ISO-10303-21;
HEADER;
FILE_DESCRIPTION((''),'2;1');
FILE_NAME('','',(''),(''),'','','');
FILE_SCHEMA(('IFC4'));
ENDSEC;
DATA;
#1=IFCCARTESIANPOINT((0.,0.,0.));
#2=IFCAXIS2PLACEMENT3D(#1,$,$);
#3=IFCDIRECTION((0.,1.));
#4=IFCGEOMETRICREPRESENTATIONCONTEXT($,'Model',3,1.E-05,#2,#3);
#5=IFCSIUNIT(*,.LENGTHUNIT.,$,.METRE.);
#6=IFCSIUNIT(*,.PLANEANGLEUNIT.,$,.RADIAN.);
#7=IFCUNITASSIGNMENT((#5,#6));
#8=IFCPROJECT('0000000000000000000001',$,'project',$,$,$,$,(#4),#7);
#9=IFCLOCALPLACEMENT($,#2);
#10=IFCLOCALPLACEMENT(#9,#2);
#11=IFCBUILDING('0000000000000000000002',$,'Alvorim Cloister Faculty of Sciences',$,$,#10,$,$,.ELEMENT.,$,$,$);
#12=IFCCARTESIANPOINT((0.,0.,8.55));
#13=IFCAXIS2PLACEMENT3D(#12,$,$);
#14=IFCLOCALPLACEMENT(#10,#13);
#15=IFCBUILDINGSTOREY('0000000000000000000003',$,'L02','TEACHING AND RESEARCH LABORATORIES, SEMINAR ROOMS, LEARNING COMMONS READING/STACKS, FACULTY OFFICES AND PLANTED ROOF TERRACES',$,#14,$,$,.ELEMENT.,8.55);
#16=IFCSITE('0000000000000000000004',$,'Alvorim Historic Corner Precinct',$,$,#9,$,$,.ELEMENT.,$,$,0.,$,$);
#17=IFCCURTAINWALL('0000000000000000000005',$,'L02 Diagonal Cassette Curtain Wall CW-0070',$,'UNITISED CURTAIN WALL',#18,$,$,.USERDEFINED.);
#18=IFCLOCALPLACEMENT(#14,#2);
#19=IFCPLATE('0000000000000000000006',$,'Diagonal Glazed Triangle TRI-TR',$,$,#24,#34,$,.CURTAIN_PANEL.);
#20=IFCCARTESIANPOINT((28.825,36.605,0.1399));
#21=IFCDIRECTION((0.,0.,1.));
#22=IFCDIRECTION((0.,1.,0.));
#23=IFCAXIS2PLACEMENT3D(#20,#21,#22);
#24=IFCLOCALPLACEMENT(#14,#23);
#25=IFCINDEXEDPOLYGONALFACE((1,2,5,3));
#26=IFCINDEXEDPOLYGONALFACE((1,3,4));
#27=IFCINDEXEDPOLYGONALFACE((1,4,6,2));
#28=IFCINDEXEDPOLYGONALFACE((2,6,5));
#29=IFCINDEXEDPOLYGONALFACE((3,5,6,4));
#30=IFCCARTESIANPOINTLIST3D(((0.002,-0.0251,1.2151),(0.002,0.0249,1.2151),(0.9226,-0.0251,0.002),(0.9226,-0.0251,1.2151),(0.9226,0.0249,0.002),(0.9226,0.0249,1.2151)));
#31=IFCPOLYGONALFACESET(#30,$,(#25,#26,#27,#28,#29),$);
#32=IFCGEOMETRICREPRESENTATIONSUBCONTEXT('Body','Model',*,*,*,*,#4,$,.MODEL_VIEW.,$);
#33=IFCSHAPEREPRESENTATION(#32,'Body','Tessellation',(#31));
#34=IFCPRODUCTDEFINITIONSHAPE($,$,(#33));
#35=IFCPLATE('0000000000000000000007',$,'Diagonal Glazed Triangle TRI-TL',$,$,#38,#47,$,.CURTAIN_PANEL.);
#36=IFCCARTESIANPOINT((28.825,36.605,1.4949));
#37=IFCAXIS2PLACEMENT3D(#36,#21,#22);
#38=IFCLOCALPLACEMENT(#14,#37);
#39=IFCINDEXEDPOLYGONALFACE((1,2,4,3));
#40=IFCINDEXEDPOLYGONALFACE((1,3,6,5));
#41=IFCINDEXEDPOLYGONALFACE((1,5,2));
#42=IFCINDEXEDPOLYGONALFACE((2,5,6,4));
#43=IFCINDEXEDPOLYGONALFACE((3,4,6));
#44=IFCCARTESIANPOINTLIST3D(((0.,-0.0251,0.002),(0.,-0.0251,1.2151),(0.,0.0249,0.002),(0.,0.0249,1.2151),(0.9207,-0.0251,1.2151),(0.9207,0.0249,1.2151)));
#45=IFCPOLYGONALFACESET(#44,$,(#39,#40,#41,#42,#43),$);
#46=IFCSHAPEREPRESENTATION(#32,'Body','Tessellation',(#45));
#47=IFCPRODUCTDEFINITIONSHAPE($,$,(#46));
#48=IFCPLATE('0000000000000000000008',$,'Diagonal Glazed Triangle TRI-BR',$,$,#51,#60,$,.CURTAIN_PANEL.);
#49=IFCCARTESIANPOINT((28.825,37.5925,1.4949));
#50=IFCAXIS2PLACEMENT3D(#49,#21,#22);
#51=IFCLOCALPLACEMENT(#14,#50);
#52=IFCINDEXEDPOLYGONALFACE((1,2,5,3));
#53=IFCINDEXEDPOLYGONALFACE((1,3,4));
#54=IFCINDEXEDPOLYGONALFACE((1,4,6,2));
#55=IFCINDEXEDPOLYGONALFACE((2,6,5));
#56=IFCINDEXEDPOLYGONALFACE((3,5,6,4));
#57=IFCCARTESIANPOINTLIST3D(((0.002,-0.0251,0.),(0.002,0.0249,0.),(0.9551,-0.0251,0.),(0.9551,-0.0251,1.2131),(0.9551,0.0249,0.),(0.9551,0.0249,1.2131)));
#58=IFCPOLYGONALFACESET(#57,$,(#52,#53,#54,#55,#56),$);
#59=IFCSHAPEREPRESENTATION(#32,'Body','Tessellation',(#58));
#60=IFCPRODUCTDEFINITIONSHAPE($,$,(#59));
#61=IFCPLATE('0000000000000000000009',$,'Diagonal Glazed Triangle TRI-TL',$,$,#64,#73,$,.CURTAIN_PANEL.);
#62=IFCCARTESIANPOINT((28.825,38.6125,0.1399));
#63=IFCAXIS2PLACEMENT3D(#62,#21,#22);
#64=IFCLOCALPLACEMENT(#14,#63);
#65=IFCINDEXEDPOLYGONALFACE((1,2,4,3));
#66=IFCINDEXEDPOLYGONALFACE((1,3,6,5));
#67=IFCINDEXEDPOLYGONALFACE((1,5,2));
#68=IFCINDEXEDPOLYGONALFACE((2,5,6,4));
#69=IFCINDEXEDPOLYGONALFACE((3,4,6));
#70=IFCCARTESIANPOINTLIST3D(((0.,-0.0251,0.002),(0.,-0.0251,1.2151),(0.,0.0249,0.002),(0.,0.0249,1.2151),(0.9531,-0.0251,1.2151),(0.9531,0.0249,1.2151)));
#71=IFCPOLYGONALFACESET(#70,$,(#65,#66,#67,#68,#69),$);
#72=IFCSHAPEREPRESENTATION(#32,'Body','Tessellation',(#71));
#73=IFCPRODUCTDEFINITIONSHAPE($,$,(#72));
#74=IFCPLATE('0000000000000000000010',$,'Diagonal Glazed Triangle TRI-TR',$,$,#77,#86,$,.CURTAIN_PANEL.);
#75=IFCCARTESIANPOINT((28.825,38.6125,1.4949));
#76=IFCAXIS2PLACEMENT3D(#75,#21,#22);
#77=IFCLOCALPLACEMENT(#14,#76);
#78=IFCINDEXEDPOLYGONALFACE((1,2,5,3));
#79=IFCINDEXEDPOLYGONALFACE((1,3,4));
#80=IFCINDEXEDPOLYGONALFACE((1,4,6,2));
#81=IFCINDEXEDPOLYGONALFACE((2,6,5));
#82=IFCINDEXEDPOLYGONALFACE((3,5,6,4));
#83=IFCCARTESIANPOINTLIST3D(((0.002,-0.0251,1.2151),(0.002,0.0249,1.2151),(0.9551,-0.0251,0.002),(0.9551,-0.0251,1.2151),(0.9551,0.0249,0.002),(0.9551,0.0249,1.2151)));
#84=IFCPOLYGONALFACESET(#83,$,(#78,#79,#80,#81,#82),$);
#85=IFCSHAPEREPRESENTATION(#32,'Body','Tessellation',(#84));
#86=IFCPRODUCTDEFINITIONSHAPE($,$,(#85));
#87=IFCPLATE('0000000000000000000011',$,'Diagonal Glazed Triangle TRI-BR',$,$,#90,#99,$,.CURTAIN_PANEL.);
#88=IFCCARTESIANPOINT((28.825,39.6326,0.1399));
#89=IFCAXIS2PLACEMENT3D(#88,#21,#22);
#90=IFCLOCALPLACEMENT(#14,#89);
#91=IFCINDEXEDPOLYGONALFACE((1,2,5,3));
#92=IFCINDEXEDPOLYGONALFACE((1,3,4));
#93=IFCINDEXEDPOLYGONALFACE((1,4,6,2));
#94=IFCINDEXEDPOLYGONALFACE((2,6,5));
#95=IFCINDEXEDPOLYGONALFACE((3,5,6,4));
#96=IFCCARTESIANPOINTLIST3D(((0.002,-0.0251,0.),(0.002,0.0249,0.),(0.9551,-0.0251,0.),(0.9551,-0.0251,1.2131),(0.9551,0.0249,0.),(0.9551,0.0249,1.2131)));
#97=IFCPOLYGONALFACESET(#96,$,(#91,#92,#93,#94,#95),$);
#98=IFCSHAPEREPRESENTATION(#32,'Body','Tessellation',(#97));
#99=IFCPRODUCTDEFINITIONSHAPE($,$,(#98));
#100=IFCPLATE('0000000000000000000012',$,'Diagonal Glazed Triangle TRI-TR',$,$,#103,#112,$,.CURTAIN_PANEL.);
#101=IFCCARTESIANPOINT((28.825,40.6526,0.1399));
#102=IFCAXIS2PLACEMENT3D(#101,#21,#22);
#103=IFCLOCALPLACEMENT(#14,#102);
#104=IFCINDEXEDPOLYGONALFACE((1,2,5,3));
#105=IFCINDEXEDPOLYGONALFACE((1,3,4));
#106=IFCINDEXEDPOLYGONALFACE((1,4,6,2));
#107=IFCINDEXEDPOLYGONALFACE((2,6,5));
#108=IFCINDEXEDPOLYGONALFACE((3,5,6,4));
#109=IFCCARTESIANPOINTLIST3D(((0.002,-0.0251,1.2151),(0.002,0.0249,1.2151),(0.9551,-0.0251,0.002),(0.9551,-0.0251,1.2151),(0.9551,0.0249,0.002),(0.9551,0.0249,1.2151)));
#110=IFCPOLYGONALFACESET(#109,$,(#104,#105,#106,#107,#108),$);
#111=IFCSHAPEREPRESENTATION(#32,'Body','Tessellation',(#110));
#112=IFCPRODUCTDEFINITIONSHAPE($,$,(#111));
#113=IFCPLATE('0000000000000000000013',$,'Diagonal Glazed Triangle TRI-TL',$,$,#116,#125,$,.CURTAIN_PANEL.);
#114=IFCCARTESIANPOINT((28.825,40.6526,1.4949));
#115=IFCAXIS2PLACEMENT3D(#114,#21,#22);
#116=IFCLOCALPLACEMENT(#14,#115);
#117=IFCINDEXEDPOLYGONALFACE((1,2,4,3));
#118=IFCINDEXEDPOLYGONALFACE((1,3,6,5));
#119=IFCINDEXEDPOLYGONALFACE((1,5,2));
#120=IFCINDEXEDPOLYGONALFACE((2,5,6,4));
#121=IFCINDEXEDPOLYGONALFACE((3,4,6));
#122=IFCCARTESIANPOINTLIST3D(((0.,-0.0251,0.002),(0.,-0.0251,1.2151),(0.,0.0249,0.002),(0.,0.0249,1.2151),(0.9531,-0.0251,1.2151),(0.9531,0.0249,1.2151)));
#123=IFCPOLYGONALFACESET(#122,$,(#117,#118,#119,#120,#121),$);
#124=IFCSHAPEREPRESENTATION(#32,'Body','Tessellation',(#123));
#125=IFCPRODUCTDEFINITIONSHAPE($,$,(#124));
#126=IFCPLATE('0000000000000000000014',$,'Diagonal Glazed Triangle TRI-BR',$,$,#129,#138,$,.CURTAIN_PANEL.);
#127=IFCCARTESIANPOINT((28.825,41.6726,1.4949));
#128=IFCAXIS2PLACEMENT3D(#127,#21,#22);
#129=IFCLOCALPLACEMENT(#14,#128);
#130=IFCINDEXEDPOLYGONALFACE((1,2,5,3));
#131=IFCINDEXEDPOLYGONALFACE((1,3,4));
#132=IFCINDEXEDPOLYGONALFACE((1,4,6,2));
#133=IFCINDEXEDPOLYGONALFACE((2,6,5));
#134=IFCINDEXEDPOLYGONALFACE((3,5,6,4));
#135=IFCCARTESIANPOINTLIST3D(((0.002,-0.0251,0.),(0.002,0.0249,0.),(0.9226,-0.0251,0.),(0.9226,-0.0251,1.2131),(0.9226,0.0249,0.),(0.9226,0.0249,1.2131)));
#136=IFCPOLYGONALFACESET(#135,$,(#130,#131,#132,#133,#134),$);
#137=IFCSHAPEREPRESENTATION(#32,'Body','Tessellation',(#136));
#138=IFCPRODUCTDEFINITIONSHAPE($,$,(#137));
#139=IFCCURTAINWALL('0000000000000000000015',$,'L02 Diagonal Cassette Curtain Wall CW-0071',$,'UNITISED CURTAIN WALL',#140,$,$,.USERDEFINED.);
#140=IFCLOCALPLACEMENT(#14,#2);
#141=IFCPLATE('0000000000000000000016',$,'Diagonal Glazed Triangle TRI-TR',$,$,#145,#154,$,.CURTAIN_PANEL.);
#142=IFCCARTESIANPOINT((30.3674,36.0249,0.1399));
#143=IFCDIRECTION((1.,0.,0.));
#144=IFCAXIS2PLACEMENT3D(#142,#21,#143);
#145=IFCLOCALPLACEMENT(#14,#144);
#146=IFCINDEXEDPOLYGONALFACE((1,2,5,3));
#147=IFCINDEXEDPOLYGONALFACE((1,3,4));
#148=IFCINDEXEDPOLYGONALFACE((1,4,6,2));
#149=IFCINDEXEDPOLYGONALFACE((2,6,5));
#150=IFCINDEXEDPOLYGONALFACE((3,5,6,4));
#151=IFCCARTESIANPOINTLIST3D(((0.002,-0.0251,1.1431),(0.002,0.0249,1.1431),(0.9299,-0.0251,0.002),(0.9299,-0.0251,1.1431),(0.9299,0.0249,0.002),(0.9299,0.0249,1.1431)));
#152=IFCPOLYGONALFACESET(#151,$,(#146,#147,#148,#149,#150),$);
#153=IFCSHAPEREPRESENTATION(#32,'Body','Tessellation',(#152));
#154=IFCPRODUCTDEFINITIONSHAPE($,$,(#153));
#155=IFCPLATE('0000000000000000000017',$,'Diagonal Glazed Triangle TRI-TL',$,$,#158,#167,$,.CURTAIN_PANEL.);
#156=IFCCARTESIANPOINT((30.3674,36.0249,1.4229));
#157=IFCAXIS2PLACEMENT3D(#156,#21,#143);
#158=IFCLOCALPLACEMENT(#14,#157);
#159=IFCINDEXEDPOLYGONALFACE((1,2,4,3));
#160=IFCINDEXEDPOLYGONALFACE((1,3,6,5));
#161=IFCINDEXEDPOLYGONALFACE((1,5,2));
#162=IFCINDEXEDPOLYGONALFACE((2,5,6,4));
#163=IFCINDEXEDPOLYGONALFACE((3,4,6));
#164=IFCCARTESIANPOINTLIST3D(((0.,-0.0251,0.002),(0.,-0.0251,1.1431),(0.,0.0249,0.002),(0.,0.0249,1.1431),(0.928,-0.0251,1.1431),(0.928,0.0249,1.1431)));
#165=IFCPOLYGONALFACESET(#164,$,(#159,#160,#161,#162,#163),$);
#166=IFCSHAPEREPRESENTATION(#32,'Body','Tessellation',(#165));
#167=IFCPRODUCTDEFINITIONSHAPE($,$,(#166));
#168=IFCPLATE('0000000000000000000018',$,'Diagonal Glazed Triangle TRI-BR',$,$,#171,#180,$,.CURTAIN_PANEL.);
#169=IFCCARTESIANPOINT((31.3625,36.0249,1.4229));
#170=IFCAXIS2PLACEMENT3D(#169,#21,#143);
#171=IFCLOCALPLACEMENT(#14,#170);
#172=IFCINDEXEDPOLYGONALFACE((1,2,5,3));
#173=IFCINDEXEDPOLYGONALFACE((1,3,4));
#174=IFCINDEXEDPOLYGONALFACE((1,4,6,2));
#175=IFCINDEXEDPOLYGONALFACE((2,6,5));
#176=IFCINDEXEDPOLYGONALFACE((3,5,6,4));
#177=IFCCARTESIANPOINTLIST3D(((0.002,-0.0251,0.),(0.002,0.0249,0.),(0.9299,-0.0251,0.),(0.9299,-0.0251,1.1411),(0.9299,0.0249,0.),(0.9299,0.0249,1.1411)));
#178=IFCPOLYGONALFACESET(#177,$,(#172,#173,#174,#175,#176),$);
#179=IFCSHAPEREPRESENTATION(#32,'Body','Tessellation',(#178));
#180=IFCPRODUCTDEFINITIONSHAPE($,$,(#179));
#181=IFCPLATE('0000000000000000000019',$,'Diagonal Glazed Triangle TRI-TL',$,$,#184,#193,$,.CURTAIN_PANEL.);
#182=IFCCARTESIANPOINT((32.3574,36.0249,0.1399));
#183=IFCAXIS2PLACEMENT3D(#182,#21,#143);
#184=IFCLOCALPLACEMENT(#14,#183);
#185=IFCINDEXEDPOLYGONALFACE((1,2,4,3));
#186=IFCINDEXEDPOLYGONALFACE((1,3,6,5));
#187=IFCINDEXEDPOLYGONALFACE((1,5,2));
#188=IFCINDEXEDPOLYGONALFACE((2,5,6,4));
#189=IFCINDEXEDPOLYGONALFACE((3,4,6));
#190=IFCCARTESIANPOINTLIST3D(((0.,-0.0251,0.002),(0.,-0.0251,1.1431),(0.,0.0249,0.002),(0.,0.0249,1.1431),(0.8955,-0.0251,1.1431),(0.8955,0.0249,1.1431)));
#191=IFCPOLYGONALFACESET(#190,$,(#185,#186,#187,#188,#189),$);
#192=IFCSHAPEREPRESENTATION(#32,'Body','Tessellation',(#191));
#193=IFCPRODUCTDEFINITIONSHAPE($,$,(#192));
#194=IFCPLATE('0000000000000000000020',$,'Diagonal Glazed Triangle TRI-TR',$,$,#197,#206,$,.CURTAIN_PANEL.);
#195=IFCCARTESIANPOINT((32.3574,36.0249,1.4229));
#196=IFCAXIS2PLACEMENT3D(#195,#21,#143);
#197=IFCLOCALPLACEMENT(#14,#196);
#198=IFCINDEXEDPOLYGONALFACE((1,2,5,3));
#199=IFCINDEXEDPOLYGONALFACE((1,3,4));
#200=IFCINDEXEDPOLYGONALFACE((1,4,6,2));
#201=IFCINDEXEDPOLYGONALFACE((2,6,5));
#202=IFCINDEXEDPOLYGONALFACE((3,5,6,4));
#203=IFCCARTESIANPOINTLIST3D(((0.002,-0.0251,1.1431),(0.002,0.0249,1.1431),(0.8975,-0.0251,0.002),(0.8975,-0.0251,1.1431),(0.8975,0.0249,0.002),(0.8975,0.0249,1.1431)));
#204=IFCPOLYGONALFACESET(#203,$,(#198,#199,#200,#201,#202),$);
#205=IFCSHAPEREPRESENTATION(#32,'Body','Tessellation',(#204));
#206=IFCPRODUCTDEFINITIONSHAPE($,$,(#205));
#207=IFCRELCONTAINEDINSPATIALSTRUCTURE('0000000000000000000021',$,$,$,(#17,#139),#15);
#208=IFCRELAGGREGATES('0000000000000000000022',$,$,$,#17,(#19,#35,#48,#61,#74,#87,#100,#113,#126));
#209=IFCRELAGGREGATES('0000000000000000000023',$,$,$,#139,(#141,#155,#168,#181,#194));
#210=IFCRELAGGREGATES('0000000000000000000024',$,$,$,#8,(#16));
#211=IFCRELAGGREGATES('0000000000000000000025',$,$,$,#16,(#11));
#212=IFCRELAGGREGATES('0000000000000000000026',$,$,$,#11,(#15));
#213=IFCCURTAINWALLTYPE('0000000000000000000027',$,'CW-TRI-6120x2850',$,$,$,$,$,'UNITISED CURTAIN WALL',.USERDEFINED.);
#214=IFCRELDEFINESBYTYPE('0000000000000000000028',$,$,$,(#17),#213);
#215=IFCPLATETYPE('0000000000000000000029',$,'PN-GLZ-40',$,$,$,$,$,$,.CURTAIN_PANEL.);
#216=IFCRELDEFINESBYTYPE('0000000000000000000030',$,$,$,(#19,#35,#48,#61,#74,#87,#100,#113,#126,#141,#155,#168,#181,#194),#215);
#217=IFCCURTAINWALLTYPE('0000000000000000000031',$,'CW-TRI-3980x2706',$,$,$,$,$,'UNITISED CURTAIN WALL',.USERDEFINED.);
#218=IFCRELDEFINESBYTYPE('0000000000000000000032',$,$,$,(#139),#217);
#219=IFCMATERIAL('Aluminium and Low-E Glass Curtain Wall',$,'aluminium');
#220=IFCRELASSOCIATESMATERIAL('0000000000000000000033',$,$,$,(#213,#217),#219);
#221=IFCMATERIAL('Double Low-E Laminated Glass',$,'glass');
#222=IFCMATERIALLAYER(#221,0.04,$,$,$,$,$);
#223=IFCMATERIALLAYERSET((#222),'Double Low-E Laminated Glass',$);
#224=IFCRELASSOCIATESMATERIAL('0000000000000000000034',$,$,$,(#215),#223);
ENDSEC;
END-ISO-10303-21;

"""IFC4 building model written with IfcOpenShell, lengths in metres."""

from ifc_helpers import new_model, si_unit, direction, frame, origin, place, context, subcontext, project, spatial, polyline, outline, extrude, material, layer, layer_set, type_object, element, aggregate, save


model = new_model("IFC4")

# Units and contexts
model_context = context("Model", 3, precision=1e-05, world=origin(), true_north=direction((0.0, 1.0)))
body_context = subcontext(model_context, "Body", "Model", "MODEL_VIEW")
ifc_project = project(units=[si_unit("LENGTHUNIT", "METRE"), si_unit("PLANEANGLEUNIT", "RADIAN")], contexts=[model_context])

# Site, building, storey
site_placement = place(None, origin())
site = spatial("IfcSite", under=ifc_project, at=site_placement, Name="Alvorim Historic Corner Precinct", CompositionType="ELEMENT", RefElevation=0.0)
building_placement = place(site_placement, origin())
building = spatial("IfcBuilding", under=site, at=building_placement, Name="Alvorim Cloister Faculty of Sciences", CompositionType="ELEMENT")
storey_placement = place(building_placement, frame((0.0, 0.0, 8.55)))
storey = spatial("IfcBuildingStorey", under=building, at=storey_placement, Name="L02", Description="TEACHING AND RESEARCH LABORATORIES, SEMINAR ROOMS, LEARNING COMMONS READING/STACKS, FACULTY OFFICES AND PLANTED ROOF TERRACES", CompositionType="ELEMENT", Elevation=8.55)

# Curtain walls, plates
ifc_material_1 = material(Name="Aluminium and Low-E Glass Curtain Wall", Category="aluminium")
curtain_wall_type_1 = type_object("IfcCurtainWallType", Name="CW-TRI-6120x2850", ElementType="UNITISED CURTAIN WALL", PredefinedType="USERDEFINED", material=ifc_material_1)
curtain_wall_1_placement = place(storey_placement, origin())
curtain_wall_1 = element("IfcCurtainWall", 1, at=curtain_wall_1_placement, inside=storey, type_object=curtain_wall_type_1, Name="L02 Diagonal Cassette Curtain Wall CW-0070", ObjectType="UNITISED CURTAIN WALL", PredefinedType="USERDEFINED")
ifc_material_2 = material(Name="Double Low-E Laminated Glass", Category="glass")
ifc_layer_1 = layer(ifc_material_2, 0.04)
ifc_layer_set_1 = layer_set([ifc_layer_1], Name="Double Low-E Laminated Glass")
plate_type = type_object("IfcPlateType", Name="PN-GLZ-40", PredefinedType="CURTAIN_PANEL", material=ifc_layer_set_1)
plate_1_placement = place(storey_placement, frame((28.825, 36.605, 0.1399), z_axis=(0.0, 0.0, 1.0), x_axis=(0.0, 1.0, 0.0)))
plate_1 = element("IfcPlate", 2, at=plate_1_placement, type_object=plate_type, Name="Diagonal Glazed Triangle TRI-TR", PredefinedType="CURTAIN_PANEL", context=body_context, shape_type="SweptSolid", body=[
    extrude(outline(polyline([(0.9226, 0.002), (0.9226, 1.2151), (0.002, 1.2151), (0.9226, 0.002)])), frame((0.0, 0.0249, 0.0), z_axis=(0.0, -1.0, 0.0), x_axis=(1.0, 0.0, 0.0)), (0.0, 0.0, 1.0), 0.05),
])
plate_2_placement = place(storey_placement, frame((28.825, 36.605, 1.4949), z_axis=(0.0, 0.0, 1.0), x_axis=(0.0, 1.0, 0.0)))
plate_2 = element("IfcPlate", 3, at=plate_2_placement, type_object=plate_type, Name="Diagonal Glazed Triangle TRI-TL", PredefinedType="CURTAIN_PANEL", context=body_context, shape_type="SweptSolid", body=[
    extrude(outline(polyline([(0.9207, 1.2151), (0.0, 1.2151), (0.0, 0.002), (0.9207, 1.2151)])), frame((0.0, 0.0249, 0.0), z_axis=(0.0, -1.0, 0.0), x_axis=(1.0, 0.0, 0.0)), (0.0, 0.0, 1.0), 0.05),
])
plate_3_placement = place(storey_placement, frame((28.825, 37.5925, 1.4949), z_axis=(0.0, 0.0, 1.0), x_axis=(0.0, 1.0, 0.0)))
plate_3 = element("IfcPlate", 4, at=plate_3_placement, type_object=plate_type, Name="Diagonal Glazed Triangle TRI-BR", PredefinedType="CURTAIN_PANEL", context=body_context, shape_type="SweptSolid", body=[
    extrude(outline(polyline([(0.002, 0.0), (0.9551, 0.0), (0.9551, 1.2131), (0.002, 0.0)])), frame((0.0, 0.0249, 0.0), z_axis=(0.0, -1.0, 0.0), x_axis=(1.0, 0.0, 0.0)), (0.0, 0.0, 1.0), 0.05),
])
plate_4_placement = place(storey_placement, frame((28.825, 38.6125, 0.1399), z_axis=(0.0, 0.0, 1.0), x_axis=(0.0, 1.0, 0.0)))
plate_4 = element("IfcPlate", 5, at=plate_4_placement, type_object=plate_type, Name="Diagonal Glazed Triangle TRI-TL", PredefinedType="CURTAIN_PANEL", context=body_context, shape_type="SweptSolid", body=[
    extrude(outline(polyline([(0.9531, 1.2151), (0.0, 1.2151), (0.0, 0.002), (0.9531, 1.2151)])), frame((0.0, 0.0249, 0.0), z_axis=(0.0, -1.0, 0.0), x_axis=(1.0, 0.0, 0.0)), (0.0, 0.0, 1.0), 0.05),
])
plate_5_placement = place(storey_placement, frame((28.825, 38.6125, 1.4949), z_axis=(0.0, 0.0, 1.0), x_axis=(0.0, 1.0, 0.0)))
plate_5 = element("IfcPlate", 6, at=plate_5_placement, type_object=plate_type, Name="Diagonal Glazed Triangle TRI-TR", PredefinedType="CURTAIN_PANEL", context=body_context, shape_type="SweptSolid", body=[
    extrude(outline(polyline([(0.9551, 0.002), (0.9551, 1.2151), (0.002, 1.2151), (0.9551, 0.002)])), frame((0.0, 0.0249, 0.0), z_axis=(0.0, -1.0, 0.0), x_axis=(1.0, 0.0, 0.0)), (0.0, 0.0, 1.0), 0.05),
])
plate_6_placement = place(storey_placement, frame((28.825, 39.6326, 0.1399), z_axis=(0.0, 0.0, 1.0), x_axis=(0.0, 1.0, 0.0)))
plate_6 = element("IfcPlate", 7, at=plate_6_placement, type_object=plate_type, Name="Diagonal Glazed Triangle TRI-BR", PredefinedType="CURTAIN_PANEL", context=body_context, shape_type="SweptSolid", body=[
    extrude(outline(polyline([(0.002, 0.0), (0.9551, 0.0), (0.9551, 1.2131), (0.002, 0.0)])), frame((0.0, 0.0249, 0.0), z_axis=(0.0, -1.0, 0.0), x_axis=(1.0, 0.0, 0.0)), (0.0, 0.0, 1.0), 0.05),
])
plate_7_placement = place(storey_placement, frame((28.825, 40.6526, 0.1399), z_axis=(0.0, 0.0, 1.0), x_axis=(0.0, 1.0, 0.0)))
plate_7 = element("IfcPlate", 8, at=plate_7_placement, type_object=plate_type, Name="Diagonal Glazed Triangle TRI-TR", PredefinedType="CURTAIN_PANEL", context=body_context, shape_type="SweptSolid", body=[
    extrude(outline(polyline([(0.9551, 0.002), (0.9551, 1.2151), (0.002, 1.2151), (0.9551, 0.002)])), frame((0.0, 0.0249, 0.0), z_axis=(0.0, -1.0, 0.0), x_axis=(1.0, 0.0, 0.0)), (0.0, 0.0, 1.0), 0.05),
])
plate_8_placement = place(storey_placement, frame((28.825, 40.6526, 1.4949), z_axis=(0.0, 0.0, 1.0), x_axis=(0.0, 1.0, 0.0)))
plate_8 = element("IfcPlate", 9, at=plate_8_placement, type_object=plate_type, Name="Diagonal Glazed Triangle TRI-TL", PredefinedType="CURTAIN_PANEL", context=body_context, shape_type="SweptSolid", body=[
    extrude(outline(polyline([(0.9531, 1.2151), (0.0, 1.2151), (0.0, 0.002), (0.9531, 1.2151)])), frame((0.0, 0.0249, 0.0), z_axis=(0.0, -1.0, 0.0), x_axis=(1.0, 0.0, 0.0)), (0.0, 0.0, 1.0), 0.05),
])
plate_9_placement = place(storey_placement, frame((28.825, 41.6726, 1.4949), z_axis=(0.0, 0.0, 1.0), x_axis=(0.0, 1.0, 0.0)))
plate_9 = element("IfcPlate", 10, at=plate_9_placement, type_object=plate_type, Name="Diagonal Glazed Triangle TRI-BR", PredefinedType="CURTAIN_PANEL", context=body_context, shape_type="SweptSolid", body=[
    extrude(outline(polyline([(0.002, 0.0), (0.9226, 0.0), (0.9226, 1.2131), (0.002, 0.0)])), frame((0.0, 0.0249, 0.0), z_axis=(0.0, -1.0, 0.0), x_axis=(1.0, 0.0, 0.0)), (0.0, 0.0, 1.0), 0.05),
])
aggregate(curtain_wall_1, [plate_1, plate_2, plate_3, plate_4, plate_5, plate_6, plate_7, plate_8, plate_9])
curtain_wall_type_2 = type_object("IfcCurtainWallType", Name="CW-TRI-3980x2706", ElementType="UNITISED CURTAIN WALL", PredefinedType="USERDEFINED", material=ifc_material_1)
curtain_wall_2_placement = place(storey_placement, origin())
curtain_wall_2 = element("IfcCurtainWall", 11, at=curtain_wall_2_placement, inside=storey, type_object=curtain_wall_type_2, Name="L02 Diagonal Cassette Curtain Wall CW-0071", ObjectType="UNITISED CURTAIN WALL", PredefinedType="USERDEFINED")
plate_10_placement = place(storey_placement, frame((30.3674, 36.0249, 0.1399), z_axis=(0.0, 0.0, 1.0), x_axis=(1.0, 0.0, 0.0)))
plate_10 = element("IfcPlate", 12, at=plate_10_placement, type_object=plate_type, Name="Diagonal Glazed Triangle TRI-TR", PredefinedType="CURTAIN_PANEL", context=body_context, shape_type="SweptSolid", body=[
    extrude(outline(polyline([(0.9299, 0.002), (0.9299, 1.1431), (0.002, 1.1431), (0.9299, 0.002)])), frame((0.0, 0.0249, 0.0), z_axis=(0.0, -1.0, 0.0), x_axis=(1.0, 0.0, 0.0)), (0.0, 0.0, 1.0), 0.05),
])
plate_11_placement = place(storey_placement, frame((30.3674, 36.0249, 1.4229), z_axis=(0.0, 0.0, 1.0), x_axis=(1.0, 0.0, 0.0)))
plate_11 = element("IfcPlate", 13, at=plate_11_placement, type_object=plate_type, Name="Diagonal Glazed Triangle TRI-TL", PredefinedType="CURTAIN_PANEL", context=body_context, shape_type="SweptSolid", body=[
    extrude(outline(polyline([(0.928, 1.1431), (0.0, 1.1431), (0.0, 0.002), (0.928, 1.1431)])), frame((0.0, 0.0249, 0.0), z_axis=(0.0, -1.0, 0.0), x_axis=(1.0, 0.0, 0.0)), (0.0, 0.0, 1.0), 0.05),
])
plate_12_placement = place(storey_placement, frame((31.3625, 36.0249, 1.4229), z_axis=(0.0, 0.0, 1.0), x_axis=(1.0, 0.0, 0.0)))
plate_12 = element("IfcPlate", 14, at=plate_12_placement, type_object=plate_type, Name="Diagonal Glazed Triangle TRI-BR", PredefinedType="CURTAIN_PANEL", context=body_context, shape_type="SweptSolid", body=[
    extrude(outline(polyline([(0.002, 0.0), (0.9299, 0.0), (0.9299, 1.1411), (0.002, 0.0)])), frame((0.0, 0.0249, 0.0), z_axis=(0.0, -1.0, 0.0), x_axis=(1.0, 0.0, 0.0)), (0.0, 0.0, 1.0), 0.05),
])
plate_13_placement = place(storey_placement, frame((32.3574, 36.0249, 0.1399), z_axis=(0.0, 0.0, 1.0), x_axis=(1.0, 0.0, 0.0)))
plate_13 = element("IfcPlate", 15, at=plate_13_placement, type_object=plate_type, Name="Diagonal Glazed Triangle TRI-TL", PredefinedType="CURTAIN_PANEL", context=body_context, shape_type="SweptSolid", body=[
    extrude(outline(polyline([(0.8955, 1.1431), (0.0, 1.1431), (0.0, 0.002), (0.8955, 1.1431)])), frame((0.0, 0.0249, 0.0), z_axis=(0.0, -1.0, 0.0), x_axis=(1.0, 0.0, 0.0)), (0.0, 0.0, 1.0), 0.05),
])
plate_14_placement = place(storey_placement, frame((32.3574, 36.0249, 1.4229), z_axis=(0.0, 0.0, 1.0), x_axis=(1.0, 0.0, 0.0)))
plate_14 = element("IfcPlate", 16, at=plate_14_placement, type_object=plate_type, Name="Diagonal Glazed Triangle TRI-TR", PredefinedType="CURTAIN_PANEL", context=body_context, shape_type="SweptSolid", body=[
    extrude(outline(polyline([(0.8975, 0.002), (0.8975, 1.1431), (0.002, 1.1431), (0.8975, 0.002)])), frame((0.0, 0.0249, 0.0), z_axis=(0.0, -1.0, 0.0), x_axis=(1.0, 0.0, 0.0)), (0.0, 0.0, 1.0), 0.05),
])
aggregate(curtain_wall_2, [plate_10, plate_11, plate_12, plate_13, plate_14])

save(model, "model.ifc")
